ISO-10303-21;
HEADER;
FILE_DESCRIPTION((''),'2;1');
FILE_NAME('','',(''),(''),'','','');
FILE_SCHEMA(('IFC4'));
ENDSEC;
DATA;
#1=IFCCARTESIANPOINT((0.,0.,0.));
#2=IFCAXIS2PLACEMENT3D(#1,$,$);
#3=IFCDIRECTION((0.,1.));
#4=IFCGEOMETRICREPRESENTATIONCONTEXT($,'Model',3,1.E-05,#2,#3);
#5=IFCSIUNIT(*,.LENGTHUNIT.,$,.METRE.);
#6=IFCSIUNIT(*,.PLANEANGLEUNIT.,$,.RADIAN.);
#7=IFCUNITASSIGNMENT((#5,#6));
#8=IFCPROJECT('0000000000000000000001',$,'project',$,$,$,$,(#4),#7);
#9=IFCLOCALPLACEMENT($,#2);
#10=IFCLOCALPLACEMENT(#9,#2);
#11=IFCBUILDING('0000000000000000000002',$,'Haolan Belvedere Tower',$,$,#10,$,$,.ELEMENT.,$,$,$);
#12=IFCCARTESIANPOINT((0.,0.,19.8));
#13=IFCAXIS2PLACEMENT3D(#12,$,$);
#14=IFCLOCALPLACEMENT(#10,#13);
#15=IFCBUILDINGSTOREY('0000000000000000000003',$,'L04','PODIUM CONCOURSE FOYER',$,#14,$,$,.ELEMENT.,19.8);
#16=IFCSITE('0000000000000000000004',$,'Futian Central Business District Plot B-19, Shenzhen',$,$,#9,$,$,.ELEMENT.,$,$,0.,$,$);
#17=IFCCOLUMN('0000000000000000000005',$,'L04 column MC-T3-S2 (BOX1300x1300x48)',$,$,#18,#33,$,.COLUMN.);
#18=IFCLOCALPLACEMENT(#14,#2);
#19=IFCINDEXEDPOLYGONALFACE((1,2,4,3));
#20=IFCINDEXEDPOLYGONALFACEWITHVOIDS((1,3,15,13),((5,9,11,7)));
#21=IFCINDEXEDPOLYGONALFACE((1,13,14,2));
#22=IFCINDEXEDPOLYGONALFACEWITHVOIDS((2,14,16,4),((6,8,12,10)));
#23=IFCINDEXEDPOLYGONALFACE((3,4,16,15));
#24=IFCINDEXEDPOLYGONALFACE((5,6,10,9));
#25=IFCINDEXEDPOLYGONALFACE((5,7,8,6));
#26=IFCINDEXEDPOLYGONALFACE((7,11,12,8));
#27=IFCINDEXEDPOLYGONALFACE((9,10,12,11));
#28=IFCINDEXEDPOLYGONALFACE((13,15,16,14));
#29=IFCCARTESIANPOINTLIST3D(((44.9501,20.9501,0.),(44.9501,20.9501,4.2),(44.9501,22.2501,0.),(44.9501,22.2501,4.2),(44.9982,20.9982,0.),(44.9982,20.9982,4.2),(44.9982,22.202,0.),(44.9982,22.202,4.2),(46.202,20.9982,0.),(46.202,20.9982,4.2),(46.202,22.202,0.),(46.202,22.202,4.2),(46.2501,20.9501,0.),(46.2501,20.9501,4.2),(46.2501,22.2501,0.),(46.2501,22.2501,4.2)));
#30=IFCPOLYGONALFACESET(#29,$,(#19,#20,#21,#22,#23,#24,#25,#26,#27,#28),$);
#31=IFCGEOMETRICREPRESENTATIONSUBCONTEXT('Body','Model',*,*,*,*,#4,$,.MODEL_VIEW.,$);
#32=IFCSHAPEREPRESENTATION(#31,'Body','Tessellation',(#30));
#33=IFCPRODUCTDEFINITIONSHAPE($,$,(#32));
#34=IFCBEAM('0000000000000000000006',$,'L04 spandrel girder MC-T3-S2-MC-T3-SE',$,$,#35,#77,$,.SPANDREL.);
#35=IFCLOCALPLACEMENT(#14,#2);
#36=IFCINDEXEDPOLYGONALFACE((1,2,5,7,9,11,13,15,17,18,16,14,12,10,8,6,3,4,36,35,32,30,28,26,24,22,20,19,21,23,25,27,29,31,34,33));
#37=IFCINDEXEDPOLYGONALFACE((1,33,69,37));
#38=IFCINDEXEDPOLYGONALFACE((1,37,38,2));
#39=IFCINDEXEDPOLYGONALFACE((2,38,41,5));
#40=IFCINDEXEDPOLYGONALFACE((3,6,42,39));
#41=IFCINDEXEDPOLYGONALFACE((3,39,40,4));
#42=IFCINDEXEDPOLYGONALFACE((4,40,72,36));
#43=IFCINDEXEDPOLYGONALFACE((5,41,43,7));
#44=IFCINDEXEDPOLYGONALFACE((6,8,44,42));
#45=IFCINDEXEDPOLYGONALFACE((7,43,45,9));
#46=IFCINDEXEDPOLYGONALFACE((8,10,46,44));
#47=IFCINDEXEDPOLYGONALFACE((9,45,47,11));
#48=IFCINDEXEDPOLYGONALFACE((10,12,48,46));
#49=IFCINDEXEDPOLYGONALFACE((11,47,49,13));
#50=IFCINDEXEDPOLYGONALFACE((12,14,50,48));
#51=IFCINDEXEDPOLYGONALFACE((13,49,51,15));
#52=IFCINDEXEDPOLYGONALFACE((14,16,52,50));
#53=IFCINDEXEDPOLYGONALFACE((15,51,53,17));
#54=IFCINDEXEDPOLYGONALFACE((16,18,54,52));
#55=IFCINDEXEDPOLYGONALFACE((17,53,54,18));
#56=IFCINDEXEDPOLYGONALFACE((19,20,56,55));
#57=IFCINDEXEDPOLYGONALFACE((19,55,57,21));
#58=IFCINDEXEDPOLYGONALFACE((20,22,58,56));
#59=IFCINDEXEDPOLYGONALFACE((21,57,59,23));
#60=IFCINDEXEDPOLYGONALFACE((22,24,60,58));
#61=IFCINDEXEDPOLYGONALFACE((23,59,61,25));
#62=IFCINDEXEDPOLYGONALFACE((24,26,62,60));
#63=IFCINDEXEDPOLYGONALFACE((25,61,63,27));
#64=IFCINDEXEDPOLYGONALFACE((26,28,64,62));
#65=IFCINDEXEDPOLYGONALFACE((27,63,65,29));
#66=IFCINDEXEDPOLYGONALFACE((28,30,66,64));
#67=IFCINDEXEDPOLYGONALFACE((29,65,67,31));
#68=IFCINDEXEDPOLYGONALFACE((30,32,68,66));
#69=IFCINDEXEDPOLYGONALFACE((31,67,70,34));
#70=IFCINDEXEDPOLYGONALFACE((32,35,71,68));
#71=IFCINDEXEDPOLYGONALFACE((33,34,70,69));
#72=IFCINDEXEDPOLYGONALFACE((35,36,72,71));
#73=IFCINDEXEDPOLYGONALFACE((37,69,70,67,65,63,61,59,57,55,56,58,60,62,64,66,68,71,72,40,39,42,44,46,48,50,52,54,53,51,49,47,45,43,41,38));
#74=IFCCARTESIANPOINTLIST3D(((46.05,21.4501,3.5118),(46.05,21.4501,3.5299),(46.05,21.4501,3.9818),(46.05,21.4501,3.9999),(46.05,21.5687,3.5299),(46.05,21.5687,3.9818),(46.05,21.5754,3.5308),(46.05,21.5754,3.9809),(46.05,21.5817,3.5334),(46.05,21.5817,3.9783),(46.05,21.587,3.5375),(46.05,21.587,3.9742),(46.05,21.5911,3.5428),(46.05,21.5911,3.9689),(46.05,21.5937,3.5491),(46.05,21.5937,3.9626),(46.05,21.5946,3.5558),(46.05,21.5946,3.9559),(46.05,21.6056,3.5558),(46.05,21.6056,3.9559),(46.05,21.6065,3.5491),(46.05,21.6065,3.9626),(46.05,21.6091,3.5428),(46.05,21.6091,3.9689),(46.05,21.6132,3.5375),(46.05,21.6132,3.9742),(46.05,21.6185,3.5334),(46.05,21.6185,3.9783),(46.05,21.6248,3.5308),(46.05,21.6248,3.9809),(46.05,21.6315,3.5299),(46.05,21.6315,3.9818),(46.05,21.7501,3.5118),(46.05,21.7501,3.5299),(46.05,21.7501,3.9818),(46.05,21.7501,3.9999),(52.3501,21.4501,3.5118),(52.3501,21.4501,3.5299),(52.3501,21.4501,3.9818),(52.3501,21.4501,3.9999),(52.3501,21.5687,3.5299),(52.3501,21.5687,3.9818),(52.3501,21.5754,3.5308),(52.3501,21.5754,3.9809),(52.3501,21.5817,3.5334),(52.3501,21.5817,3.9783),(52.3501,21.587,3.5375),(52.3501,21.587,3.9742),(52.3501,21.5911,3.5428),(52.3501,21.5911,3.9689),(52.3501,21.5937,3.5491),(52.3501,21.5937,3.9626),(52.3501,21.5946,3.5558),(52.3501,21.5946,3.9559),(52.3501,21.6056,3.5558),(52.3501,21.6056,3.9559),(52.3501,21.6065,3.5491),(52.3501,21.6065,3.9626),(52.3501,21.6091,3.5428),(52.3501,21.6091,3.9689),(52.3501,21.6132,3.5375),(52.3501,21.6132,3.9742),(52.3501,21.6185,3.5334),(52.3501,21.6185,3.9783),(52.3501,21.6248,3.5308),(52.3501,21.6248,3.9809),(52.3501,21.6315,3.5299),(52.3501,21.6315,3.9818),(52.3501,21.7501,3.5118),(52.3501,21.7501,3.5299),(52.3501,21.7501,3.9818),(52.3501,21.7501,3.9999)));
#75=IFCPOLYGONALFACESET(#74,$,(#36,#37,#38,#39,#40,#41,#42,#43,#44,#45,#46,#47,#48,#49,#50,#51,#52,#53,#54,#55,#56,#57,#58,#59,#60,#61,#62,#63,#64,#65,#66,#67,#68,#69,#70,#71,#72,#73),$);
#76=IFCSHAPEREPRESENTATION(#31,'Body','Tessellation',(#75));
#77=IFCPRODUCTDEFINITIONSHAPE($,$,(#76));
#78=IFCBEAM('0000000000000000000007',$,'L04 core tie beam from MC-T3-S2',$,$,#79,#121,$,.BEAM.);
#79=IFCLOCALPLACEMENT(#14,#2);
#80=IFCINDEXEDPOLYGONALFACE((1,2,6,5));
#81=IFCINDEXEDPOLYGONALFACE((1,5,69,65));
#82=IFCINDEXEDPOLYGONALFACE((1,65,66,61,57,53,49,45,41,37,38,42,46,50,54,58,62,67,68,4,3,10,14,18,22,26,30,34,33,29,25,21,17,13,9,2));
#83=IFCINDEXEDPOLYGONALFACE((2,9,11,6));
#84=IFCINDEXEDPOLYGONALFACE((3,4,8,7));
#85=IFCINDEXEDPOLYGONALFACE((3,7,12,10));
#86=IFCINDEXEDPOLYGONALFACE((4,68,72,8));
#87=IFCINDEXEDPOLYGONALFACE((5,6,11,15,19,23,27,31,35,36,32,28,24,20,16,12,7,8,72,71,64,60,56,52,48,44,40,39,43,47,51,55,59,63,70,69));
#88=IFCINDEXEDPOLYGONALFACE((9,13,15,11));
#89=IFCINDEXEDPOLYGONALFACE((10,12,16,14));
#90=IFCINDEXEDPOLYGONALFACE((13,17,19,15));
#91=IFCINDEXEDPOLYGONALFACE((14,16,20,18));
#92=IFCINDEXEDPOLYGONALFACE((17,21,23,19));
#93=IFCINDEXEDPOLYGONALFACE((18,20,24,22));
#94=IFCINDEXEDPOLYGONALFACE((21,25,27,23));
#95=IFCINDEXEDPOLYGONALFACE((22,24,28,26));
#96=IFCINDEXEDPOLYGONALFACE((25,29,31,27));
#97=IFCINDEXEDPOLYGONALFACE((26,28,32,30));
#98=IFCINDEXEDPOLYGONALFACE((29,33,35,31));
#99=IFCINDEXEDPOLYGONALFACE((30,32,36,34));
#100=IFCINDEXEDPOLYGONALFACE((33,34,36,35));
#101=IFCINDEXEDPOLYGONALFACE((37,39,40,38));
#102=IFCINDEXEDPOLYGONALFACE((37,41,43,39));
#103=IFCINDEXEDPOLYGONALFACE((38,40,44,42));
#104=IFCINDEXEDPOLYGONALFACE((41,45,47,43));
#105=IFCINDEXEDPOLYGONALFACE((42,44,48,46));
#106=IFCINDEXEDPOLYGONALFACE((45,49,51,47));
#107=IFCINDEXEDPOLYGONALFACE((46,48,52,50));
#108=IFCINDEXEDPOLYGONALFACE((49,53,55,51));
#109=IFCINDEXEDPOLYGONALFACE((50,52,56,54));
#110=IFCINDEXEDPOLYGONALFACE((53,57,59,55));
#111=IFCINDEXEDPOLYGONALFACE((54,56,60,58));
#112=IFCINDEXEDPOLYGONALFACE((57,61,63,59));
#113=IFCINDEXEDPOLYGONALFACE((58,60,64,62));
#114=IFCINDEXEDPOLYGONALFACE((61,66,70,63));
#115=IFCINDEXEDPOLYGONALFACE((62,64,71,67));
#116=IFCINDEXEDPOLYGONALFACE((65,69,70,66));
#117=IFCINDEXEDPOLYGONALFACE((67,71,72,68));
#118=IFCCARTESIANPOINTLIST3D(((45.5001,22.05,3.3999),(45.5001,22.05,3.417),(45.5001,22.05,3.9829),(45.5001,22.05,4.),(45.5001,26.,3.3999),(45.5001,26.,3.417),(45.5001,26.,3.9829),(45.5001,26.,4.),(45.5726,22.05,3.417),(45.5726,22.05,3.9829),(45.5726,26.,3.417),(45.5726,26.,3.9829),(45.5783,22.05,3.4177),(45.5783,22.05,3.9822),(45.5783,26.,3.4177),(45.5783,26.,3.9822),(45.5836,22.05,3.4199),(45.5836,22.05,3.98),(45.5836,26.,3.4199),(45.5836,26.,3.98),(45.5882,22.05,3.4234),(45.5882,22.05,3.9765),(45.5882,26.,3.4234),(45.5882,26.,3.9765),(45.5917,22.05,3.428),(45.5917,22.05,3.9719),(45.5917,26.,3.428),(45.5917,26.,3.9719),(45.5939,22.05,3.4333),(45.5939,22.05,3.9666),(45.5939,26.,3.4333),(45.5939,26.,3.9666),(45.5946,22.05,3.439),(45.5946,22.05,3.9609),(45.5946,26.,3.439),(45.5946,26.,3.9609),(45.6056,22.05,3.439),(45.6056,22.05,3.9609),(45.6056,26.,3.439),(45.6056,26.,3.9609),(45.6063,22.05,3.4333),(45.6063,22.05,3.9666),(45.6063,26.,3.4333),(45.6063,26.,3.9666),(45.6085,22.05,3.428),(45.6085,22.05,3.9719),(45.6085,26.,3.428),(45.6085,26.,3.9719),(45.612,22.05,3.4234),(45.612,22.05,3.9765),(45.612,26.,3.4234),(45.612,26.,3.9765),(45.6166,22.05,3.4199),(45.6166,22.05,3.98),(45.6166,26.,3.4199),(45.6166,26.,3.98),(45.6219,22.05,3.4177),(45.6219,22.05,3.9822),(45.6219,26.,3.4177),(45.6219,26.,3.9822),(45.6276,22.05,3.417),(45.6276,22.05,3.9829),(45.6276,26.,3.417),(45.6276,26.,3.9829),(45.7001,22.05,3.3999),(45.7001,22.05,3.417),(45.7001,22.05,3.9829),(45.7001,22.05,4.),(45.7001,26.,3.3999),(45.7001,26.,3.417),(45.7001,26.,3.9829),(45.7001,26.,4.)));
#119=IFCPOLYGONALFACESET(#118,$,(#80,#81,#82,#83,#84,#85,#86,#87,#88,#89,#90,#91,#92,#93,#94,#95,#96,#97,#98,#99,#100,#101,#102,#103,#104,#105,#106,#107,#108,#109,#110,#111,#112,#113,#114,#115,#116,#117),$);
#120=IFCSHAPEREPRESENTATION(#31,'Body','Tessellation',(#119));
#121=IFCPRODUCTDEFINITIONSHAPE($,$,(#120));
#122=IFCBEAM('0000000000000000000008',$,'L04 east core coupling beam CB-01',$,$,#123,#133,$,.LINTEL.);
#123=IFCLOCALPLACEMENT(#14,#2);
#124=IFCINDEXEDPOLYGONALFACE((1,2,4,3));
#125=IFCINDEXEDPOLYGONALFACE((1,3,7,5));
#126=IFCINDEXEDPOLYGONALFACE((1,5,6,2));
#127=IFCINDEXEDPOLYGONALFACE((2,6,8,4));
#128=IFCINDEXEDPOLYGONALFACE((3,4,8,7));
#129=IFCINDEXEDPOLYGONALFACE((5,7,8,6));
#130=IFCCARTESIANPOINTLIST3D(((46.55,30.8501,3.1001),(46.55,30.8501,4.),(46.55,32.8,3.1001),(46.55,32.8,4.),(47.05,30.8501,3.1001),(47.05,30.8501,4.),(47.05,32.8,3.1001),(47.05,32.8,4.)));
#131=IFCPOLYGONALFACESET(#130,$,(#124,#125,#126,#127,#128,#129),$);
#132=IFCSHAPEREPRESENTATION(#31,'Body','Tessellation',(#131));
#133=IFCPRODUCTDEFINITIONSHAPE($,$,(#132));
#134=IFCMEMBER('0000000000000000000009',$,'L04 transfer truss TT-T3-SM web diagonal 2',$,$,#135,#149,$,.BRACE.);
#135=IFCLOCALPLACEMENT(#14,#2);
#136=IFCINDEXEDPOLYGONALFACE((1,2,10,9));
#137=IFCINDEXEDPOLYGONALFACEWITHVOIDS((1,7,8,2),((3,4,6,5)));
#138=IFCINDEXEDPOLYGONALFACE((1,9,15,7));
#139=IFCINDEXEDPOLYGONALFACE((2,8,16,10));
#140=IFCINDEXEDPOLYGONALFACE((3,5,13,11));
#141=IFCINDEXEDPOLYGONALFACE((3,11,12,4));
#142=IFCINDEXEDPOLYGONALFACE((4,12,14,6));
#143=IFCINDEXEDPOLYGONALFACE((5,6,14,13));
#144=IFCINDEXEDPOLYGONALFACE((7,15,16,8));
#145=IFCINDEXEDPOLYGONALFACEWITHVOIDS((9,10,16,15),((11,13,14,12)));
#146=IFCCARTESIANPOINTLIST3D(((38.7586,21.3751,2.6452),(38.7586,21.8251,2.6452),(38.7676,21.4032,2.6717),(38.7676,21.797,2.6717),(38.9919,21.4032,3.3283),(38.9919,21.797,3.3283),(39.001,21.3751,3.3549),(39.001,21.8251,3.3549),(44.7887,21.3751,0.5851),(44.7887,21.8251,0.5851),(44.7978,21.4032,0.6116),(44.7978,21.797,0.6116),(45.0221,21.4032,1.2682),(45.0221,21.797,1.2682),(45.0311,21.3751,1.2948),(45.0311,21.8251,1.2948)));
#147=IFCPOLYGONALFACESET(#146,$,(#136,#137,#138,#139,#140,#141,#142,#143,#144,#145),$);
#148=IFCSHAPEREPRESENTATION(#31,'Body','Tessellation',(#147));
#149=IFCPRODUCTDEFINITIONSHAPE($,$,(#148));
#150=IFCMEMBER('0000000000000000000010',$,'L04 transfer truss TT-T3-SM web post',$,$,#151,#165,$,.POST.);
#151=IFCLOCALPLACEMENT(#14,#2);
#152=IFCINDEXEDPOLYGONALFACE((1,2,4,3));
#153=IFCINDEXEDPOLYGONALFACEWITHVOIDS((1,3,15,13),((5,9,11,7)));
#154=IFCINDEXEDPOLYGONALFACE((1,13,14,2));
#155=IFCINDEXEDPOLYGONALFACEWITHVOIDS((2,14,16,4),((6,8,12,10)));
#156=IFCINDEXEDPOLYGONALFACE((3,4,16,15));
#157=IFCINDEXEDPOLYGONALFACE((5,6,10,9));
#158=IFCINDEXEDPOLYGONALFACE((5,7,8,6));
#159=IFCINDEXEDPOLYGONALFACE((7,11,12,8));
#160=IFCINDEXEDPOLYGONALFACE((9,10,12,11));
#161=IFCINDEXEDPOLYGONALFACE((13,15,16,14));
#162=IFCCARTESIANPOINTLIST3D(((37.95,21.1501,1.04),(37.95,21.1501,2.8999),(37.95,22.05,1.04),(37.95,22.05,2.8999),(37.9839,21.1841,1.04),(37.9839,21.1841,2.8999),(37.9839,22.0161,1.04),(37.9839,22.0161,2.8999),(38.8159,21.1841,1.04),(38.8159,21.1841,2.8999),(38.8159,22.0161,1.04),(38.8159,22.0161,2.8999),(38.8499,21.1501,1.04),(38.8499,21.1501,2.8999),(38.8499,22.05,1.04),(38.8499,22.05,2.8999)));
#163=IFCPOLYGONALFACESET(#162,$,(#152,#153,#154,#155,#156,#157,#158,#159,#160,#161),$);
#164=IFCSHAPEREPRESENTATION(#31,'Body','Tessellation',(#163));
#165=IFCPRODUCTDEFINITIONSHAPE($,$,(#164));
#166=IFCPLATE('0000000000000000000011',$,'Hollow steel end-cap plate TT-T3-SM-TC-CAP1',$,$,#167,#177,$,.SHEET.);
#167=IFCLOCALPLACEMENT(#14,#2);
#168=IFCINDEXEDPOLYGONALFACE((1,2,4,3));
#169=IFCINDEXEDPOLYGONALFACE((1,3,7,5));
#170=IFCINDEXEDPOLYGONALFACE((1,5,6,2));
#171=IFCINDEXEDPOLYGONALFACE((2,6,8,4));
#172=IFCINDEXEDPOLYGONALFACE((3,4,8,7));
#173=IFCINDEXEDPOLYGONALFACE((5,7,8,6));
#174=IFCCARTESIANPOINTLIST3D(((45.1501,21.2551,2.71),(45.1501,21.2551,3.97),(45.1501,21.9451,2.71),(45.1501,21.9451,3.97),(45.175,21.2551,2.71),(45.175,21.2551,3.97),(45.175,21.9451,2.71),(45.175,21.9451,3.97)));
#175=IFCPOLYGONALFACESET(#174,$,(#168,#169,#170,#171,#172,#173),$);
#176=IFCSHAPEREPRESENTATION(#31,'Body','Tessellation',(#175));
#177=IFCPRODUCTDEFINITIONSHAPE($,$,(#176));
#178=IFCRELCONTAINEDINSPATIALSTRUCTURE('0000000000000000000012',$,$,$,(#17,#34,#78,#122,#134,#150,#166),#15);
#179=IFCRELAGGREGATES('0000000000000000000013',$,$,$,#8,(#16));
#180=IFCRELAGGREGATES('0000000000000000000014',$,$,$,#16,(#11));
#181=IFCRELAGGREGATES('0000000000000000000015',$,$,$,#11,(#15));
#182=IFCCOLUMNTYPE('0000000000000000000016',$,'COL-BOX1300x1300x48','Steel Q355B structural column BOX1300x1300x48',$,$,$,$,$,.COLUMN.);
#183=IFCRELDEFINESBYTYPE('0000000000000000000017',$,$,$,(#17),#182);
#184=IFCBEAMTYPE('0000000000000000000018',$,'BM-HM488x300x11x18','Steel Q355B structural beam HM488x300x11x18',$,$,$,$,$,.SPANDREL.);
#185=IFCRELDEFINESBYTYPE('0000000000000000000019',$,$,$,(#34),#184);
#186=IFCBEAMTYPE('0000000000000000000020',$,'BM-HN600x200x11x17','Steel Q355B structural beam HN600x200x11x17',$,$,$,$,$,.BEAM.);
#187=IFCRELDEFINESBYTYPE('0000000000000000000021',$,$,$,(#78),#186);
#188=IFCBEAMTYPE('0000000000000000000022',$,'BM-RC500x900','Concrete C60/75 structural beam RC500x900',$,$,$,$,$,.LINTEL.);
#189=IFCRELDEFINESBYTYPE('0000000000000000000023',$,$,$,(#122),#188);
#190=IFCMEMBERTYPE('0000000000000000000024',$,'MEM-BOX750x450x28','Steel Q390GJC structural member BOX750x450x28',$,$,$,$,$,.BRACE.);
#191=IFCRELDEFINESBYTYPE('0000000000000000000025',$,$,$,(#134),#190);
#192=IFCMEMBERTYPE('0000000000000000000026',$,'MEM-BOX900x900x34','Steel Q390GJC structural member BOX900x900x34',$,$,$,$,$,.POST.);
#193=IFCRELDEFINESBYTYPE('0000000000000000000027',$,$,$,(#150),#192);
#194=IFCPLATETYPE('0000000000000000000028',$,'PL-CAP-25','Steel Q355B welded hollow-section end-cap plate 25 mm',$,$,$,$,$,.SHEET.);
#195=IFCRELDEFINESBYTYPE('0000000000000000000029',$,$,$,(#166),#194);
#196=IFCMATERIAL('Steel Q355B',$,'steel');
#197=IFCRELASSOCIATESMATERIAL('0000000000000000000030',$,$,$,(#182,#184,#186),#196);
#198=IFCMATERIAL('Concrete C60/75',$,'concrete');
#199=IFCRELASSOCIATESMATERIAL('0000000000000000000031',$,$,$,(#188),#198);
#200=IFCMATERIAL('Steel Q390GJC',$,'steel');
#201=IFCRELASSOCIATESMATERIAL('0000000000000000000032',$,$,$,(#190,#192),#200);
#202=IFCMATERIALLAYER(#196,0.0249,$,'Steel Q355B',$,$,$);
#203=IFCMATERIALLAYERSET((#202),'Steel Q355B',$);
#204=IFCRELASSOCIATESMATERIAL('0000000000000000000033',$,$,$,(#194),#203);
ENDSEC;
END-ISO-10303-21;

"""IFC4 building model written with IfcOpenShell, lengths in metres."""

from ifc_helpers import new_model, si_unit, direction, frame, origin, origin_2d, place, context, subcontext, project, spatial, rectangle, hollow_rectangle, i_section, extrude, material, layer, layer_set, material_profile, profile_set, type_object, element, save


model = new_model("IFC4")

# Units and contexts
model_context = context("Model", 3, precision=1e-05, world=origin(), true_north=direction((0.0, 1.0)))
body_context = subcontext(model_context, "Body", "Model", "MODEL_VIEW")
ifc_project = project(units=[si_unit("LENGTHUNIT", "METRE"), si_unit("PLANEANGLEUNIT", "RADIAN")], contexts=[model_context])

# Site, building, storey
site_placement = place(None, origin())
site = spatial("IfcSite", under=ifc_project, at=site_placement, Name="Futian Central Business District Plot B-19, Shenzhen", CompositionType="ELEMENT", RefElevation=0.0)
building_placement = place(site_placement, origin())
building = spatial("IfcBuilding", under=site, at=building_placement, Name="Haolan Belvedere Tower", CompositionType="ELEMENT")
storey_placement = place(building_placement, frame((0.0, 0.0, 19.8)))
storey = spatial("IfcBuildingStorey", under=building, at=storey_placement, Name="L04", Description="PODIUM CONCOURSE FOYER", CompositionType="ELEMENT", Elevation=19.8)

# Column
ifc_material_1 = material(Name="Steel Q355B", Category="steel")
ifc_material_profile_1 = material_profile(ifc_material_1, hollow_rectangle(XDim=1.3, YDim=1.3, WallThickness=0.0481, at=origin_2d()), Name="Steel Q355B")
ifc_profile_set_1 = profile_set([ifc_material_profile_1], Name="Steel Q355B")
column_type = type_object("IfcColumnType", Name="COL-BOX1300x1300x48", Description="Steel Q355B structural column BOX1300x1300x48", PredefinedType="COLUMN", material=ifc_profile_set_1)
column_placement = place(storey_placement, frame((45.6001, 21.6001, 0.0), z_axis=(0.0, 0.0, 1.0), x_axis=(1.0, 0.0, 0.0)))
element("IfcColumn", 1, at=column_placement, inside=storey, type_object=column_type, Name="L04 column MC-T3-S2 (BOX1300x1300x48)", PredefinedType="COLUMN", context=body_context, shape_type="SweptSolid", body=[
    extrude(hollow_rectangle(XDim=1.3, YDim=1.3, WallThickness=0.0481, at=origin_2d()), origin(), (0.0, 0.0, 1.0), 4.2),
])

# Beams
ifc_material_profile_2 = material_profile(ifc_material_1, i_section(OverallWidth=0.3, OverallDepth=0.488, WebThickness=0.011, FlangeThickness=0.0181, FilletRadius=0.0259, at=origin_2d()), Name="Steel Q355B")
ifc_profile_set_2 = profile_set([ifc_material_profile_2], Name="Steel Q355B")
beam_type_1 = type_object("IfcBeamType", Name="BM-HM488x300x11x18", Description="Steel Q355B structural beam HM488x300x11x18", PredefinedType="SPANDREL", material=ifc_profile_set_2)
beam_1_placement = place(storey_placement, frame((46.05, 21.6001, 3.7559), z_axis=(1.0, 0.0, 0.0), x_axis=(0.0, 1.0, 0.0)))
element("IfcBeam", 2, at=beam_1_placement, inside=storey, type_object=beam_type_1, Name="L04 spandrel girder MC-T3-S2-MC-T3-SE", PredefinedType="SPANDREL", context=body_context, shape_type="SweptSolid", body=[
    extrude(i_section(OverallWidth=0.3, OverallDepth=0.488, WebThickness=0.011, FlangeThickness=0.0181, FilletRadius=0.0259, at=origin_2d()), origin(), (0.0, 0.0, 1.0), 6.3),
])
ifc_material_profile_3 = material_profile(ifc_material_1, i_section(OverallWidth=0.2, OverallDepth=0.6001, WebThickness=0.011, FlangeThickness=0.0171, FilletRadius=0.022, at=origin_2d()), Name="Steel Q355B")
ifc_profile_set_3 = profile_set([ifc_material_profile_3], Name="Steel Q355B")
beam_type_2 = type_object("IfcBeamType", Name="BM-HN600x200x11x17", Description="Steel Q355B structural beam HN600x200x11x17", PredefinedType="BEAM", material=ifc_profile_set_3)
beam_2_placement = place(storey_placement, frame((45.6001, 22.05, 3.7), z_axis=(0.0, 1.0, 0.0), x_axis=(-1.0, 0.0, 0.0)))
element("IfcBeam", 3, at=beam_2_placement, inside=storey, type_object=beam_type_2, Name="L04 core tie beam from MC-T3-S2", PredefinedType="BEAM", context=body_context, shape_type="SweptSolid", body=[
    extrude(i_section(OverallWidth=0.2, OverallDepth=0.6001, WebThickness=0.011, FlangeThickness=0.0171, FilletRadius=0.022, at=origin_2d()), origin(), (0.0, 0.0, 1.0), 3.95),
])
ifc_material_2 = material(Name="Concrete C60/75", Category="concrete")
ifc_material_profile_4 = material_profile(ifc_material_2, rectangle(XDim=0.5, YDim=0.8999, at=origin_2d()), Name="Concrete C60/75")
ifc_profile_set_4 = profile_set([ifc_material_profile_4], Name="Concrete C60/75")
beam_type_3 = type_object("IfcBeamType", Name="BM-RC500x900", Description="Concrete C60/75 structural beam RC500x900", PredefinedType="LINTEL", material=ifc_profile_set_4)
beam_3_placement = place(storey_placement, frame((46.8, 30.8501, 3.55), z_axis=(0.0, 1.0, 0.0), x_axis=(-1.0, 0.0, 0.0)))
element("IfcBeam", 4, at=beam_3_placement, inside=storey, type_object=beam_type_3, Name="L04 east core coupling beam CB-01", PredefinedType="LINTEL", context=body_context, shape_type="SweptSolid", body=[
    extrude(rectangle(XDim=0.5, YDim=0.8999, at=origin_2d()), origin(), (0.0, 0.0, 1.0), 1.95),
])

# Members
ifc_material_3 = material(Name="Steel Q390GJC", Category="steel")
ifc_material_profile_5 = material_profile(ifc_material_3, hollow_rectangle(XDim=0.45, YDim=0.75, WallThickness=0.0281, at=origin_2d()), Name="Steel Q390GJC")
ifc_profile_set_5 = profile_set([ifc_material_profile_5], Name="Steel Q390GJC")
member_type_1 = type_object("IfcMemberType", Name="MEM-BOX750x450x28", Description="Steel Q390GJC structural member BOX750x450x28", PredefinedType="BRACE", material=ifc_profile_set_5)
member_1_placement = place(storey_placement, frame((44.9099, 21.6001, 0.9399), z_axis=(-0.946301, 0.0, 0.323288), x_axis=(0.0, -1.0, 0.0)))
element("IfcMember", 5, at=member_1_placement, inside=storey, type_object=member_type_1, Name="L04 transfer truss TT-T3-SM web diagonal 2", PredefinedType="BRACE", context=body_context, shape_type="SweptSolid", body=[
    extrude(hollow_rectangle(XDim=0.45, YDim=0.75, WallThickness=0.0281, at=origin_2d()), origin(), (0.0, 0.0, 1.0), 6.3723),
])
ifc_material_profile_6 = material_profile(ifc_material_3, hollow_rectangle(XDim=0.8999, YDim=0.8999, WallThickness=0.0339, at=origin_2d()), Name="Steel Q390GJC")
ifc_profile_set_6 = profile_set([ifc_material_profile_6], Name="Steel Q390GJC")
member_type_2 = type_object("IfcMemberType", Name="MEM-BOX900x900x34", Description="Steel Q390GJC structural member BOX900x900x34", PredefinedType="POST", material=ifc_profile_set_6)
member_2_placement = place(storey_placement, frame((38.3999, 21.6001, 1.04), z_axis=(0.0, 0.0, 1.0), x_axis=(1.0, 0.0, 0.0)))
element("IfcMember", 6, at=member_2_placement, inside=storey, type_object=member_type_2, Name="L04 transfer truss TT-T3-SM web post", PredefinedType="POST", context=body_context, shape_type="SweptSolid", body=[
    extrude(hollow_rectangle(XDim=0.8999, YDim=0.8999, WallThickness=0.0339, at=origin_2d()), origin(), (0.0, 0.0, 1.0), 1.8599),
])

# Plate
ifc_layer_1 = layer(ifc_material_1, 0.0249, Name="Steel Q355B")
ifc_layer_set_1 = layer_set([ifc_layer_1], Name="Steel Q355B")
plate_type_1 = type_object("IfcPlateType", Name="PL-CAP-25", Description="Steel Q355B welded hollow-section end-cap plate 25 mm", PredefinedType="SHEET", material=ifc_layer_set_1)
for number, where, z_axis, x_axis, name in (
    (7, (45.1626, 21.6001, 2.71), (0.0, 0.0, 1.0), (0.0, 1.0, 0.0), "Hollow steel end-cap plate TT-T3-SM-TC-CAP1"),
):
    element("IfcPlate", number, at=place(storey_placement, frame(where, z_axis=z_axis, x_axis=x_axis)), inside=storey, type_object=plate_type_1, Name=name, PredefinedType="SHEET", context=body_context, shape_type="SweptSolid", body=[
        extrude(rectangle(XDim=0.6899, YDim=0.0249, at=origin_2d()), origin(), (0.0, 0.0, 1.0), 1.26),
    ])

save(model, "model.ifc")
